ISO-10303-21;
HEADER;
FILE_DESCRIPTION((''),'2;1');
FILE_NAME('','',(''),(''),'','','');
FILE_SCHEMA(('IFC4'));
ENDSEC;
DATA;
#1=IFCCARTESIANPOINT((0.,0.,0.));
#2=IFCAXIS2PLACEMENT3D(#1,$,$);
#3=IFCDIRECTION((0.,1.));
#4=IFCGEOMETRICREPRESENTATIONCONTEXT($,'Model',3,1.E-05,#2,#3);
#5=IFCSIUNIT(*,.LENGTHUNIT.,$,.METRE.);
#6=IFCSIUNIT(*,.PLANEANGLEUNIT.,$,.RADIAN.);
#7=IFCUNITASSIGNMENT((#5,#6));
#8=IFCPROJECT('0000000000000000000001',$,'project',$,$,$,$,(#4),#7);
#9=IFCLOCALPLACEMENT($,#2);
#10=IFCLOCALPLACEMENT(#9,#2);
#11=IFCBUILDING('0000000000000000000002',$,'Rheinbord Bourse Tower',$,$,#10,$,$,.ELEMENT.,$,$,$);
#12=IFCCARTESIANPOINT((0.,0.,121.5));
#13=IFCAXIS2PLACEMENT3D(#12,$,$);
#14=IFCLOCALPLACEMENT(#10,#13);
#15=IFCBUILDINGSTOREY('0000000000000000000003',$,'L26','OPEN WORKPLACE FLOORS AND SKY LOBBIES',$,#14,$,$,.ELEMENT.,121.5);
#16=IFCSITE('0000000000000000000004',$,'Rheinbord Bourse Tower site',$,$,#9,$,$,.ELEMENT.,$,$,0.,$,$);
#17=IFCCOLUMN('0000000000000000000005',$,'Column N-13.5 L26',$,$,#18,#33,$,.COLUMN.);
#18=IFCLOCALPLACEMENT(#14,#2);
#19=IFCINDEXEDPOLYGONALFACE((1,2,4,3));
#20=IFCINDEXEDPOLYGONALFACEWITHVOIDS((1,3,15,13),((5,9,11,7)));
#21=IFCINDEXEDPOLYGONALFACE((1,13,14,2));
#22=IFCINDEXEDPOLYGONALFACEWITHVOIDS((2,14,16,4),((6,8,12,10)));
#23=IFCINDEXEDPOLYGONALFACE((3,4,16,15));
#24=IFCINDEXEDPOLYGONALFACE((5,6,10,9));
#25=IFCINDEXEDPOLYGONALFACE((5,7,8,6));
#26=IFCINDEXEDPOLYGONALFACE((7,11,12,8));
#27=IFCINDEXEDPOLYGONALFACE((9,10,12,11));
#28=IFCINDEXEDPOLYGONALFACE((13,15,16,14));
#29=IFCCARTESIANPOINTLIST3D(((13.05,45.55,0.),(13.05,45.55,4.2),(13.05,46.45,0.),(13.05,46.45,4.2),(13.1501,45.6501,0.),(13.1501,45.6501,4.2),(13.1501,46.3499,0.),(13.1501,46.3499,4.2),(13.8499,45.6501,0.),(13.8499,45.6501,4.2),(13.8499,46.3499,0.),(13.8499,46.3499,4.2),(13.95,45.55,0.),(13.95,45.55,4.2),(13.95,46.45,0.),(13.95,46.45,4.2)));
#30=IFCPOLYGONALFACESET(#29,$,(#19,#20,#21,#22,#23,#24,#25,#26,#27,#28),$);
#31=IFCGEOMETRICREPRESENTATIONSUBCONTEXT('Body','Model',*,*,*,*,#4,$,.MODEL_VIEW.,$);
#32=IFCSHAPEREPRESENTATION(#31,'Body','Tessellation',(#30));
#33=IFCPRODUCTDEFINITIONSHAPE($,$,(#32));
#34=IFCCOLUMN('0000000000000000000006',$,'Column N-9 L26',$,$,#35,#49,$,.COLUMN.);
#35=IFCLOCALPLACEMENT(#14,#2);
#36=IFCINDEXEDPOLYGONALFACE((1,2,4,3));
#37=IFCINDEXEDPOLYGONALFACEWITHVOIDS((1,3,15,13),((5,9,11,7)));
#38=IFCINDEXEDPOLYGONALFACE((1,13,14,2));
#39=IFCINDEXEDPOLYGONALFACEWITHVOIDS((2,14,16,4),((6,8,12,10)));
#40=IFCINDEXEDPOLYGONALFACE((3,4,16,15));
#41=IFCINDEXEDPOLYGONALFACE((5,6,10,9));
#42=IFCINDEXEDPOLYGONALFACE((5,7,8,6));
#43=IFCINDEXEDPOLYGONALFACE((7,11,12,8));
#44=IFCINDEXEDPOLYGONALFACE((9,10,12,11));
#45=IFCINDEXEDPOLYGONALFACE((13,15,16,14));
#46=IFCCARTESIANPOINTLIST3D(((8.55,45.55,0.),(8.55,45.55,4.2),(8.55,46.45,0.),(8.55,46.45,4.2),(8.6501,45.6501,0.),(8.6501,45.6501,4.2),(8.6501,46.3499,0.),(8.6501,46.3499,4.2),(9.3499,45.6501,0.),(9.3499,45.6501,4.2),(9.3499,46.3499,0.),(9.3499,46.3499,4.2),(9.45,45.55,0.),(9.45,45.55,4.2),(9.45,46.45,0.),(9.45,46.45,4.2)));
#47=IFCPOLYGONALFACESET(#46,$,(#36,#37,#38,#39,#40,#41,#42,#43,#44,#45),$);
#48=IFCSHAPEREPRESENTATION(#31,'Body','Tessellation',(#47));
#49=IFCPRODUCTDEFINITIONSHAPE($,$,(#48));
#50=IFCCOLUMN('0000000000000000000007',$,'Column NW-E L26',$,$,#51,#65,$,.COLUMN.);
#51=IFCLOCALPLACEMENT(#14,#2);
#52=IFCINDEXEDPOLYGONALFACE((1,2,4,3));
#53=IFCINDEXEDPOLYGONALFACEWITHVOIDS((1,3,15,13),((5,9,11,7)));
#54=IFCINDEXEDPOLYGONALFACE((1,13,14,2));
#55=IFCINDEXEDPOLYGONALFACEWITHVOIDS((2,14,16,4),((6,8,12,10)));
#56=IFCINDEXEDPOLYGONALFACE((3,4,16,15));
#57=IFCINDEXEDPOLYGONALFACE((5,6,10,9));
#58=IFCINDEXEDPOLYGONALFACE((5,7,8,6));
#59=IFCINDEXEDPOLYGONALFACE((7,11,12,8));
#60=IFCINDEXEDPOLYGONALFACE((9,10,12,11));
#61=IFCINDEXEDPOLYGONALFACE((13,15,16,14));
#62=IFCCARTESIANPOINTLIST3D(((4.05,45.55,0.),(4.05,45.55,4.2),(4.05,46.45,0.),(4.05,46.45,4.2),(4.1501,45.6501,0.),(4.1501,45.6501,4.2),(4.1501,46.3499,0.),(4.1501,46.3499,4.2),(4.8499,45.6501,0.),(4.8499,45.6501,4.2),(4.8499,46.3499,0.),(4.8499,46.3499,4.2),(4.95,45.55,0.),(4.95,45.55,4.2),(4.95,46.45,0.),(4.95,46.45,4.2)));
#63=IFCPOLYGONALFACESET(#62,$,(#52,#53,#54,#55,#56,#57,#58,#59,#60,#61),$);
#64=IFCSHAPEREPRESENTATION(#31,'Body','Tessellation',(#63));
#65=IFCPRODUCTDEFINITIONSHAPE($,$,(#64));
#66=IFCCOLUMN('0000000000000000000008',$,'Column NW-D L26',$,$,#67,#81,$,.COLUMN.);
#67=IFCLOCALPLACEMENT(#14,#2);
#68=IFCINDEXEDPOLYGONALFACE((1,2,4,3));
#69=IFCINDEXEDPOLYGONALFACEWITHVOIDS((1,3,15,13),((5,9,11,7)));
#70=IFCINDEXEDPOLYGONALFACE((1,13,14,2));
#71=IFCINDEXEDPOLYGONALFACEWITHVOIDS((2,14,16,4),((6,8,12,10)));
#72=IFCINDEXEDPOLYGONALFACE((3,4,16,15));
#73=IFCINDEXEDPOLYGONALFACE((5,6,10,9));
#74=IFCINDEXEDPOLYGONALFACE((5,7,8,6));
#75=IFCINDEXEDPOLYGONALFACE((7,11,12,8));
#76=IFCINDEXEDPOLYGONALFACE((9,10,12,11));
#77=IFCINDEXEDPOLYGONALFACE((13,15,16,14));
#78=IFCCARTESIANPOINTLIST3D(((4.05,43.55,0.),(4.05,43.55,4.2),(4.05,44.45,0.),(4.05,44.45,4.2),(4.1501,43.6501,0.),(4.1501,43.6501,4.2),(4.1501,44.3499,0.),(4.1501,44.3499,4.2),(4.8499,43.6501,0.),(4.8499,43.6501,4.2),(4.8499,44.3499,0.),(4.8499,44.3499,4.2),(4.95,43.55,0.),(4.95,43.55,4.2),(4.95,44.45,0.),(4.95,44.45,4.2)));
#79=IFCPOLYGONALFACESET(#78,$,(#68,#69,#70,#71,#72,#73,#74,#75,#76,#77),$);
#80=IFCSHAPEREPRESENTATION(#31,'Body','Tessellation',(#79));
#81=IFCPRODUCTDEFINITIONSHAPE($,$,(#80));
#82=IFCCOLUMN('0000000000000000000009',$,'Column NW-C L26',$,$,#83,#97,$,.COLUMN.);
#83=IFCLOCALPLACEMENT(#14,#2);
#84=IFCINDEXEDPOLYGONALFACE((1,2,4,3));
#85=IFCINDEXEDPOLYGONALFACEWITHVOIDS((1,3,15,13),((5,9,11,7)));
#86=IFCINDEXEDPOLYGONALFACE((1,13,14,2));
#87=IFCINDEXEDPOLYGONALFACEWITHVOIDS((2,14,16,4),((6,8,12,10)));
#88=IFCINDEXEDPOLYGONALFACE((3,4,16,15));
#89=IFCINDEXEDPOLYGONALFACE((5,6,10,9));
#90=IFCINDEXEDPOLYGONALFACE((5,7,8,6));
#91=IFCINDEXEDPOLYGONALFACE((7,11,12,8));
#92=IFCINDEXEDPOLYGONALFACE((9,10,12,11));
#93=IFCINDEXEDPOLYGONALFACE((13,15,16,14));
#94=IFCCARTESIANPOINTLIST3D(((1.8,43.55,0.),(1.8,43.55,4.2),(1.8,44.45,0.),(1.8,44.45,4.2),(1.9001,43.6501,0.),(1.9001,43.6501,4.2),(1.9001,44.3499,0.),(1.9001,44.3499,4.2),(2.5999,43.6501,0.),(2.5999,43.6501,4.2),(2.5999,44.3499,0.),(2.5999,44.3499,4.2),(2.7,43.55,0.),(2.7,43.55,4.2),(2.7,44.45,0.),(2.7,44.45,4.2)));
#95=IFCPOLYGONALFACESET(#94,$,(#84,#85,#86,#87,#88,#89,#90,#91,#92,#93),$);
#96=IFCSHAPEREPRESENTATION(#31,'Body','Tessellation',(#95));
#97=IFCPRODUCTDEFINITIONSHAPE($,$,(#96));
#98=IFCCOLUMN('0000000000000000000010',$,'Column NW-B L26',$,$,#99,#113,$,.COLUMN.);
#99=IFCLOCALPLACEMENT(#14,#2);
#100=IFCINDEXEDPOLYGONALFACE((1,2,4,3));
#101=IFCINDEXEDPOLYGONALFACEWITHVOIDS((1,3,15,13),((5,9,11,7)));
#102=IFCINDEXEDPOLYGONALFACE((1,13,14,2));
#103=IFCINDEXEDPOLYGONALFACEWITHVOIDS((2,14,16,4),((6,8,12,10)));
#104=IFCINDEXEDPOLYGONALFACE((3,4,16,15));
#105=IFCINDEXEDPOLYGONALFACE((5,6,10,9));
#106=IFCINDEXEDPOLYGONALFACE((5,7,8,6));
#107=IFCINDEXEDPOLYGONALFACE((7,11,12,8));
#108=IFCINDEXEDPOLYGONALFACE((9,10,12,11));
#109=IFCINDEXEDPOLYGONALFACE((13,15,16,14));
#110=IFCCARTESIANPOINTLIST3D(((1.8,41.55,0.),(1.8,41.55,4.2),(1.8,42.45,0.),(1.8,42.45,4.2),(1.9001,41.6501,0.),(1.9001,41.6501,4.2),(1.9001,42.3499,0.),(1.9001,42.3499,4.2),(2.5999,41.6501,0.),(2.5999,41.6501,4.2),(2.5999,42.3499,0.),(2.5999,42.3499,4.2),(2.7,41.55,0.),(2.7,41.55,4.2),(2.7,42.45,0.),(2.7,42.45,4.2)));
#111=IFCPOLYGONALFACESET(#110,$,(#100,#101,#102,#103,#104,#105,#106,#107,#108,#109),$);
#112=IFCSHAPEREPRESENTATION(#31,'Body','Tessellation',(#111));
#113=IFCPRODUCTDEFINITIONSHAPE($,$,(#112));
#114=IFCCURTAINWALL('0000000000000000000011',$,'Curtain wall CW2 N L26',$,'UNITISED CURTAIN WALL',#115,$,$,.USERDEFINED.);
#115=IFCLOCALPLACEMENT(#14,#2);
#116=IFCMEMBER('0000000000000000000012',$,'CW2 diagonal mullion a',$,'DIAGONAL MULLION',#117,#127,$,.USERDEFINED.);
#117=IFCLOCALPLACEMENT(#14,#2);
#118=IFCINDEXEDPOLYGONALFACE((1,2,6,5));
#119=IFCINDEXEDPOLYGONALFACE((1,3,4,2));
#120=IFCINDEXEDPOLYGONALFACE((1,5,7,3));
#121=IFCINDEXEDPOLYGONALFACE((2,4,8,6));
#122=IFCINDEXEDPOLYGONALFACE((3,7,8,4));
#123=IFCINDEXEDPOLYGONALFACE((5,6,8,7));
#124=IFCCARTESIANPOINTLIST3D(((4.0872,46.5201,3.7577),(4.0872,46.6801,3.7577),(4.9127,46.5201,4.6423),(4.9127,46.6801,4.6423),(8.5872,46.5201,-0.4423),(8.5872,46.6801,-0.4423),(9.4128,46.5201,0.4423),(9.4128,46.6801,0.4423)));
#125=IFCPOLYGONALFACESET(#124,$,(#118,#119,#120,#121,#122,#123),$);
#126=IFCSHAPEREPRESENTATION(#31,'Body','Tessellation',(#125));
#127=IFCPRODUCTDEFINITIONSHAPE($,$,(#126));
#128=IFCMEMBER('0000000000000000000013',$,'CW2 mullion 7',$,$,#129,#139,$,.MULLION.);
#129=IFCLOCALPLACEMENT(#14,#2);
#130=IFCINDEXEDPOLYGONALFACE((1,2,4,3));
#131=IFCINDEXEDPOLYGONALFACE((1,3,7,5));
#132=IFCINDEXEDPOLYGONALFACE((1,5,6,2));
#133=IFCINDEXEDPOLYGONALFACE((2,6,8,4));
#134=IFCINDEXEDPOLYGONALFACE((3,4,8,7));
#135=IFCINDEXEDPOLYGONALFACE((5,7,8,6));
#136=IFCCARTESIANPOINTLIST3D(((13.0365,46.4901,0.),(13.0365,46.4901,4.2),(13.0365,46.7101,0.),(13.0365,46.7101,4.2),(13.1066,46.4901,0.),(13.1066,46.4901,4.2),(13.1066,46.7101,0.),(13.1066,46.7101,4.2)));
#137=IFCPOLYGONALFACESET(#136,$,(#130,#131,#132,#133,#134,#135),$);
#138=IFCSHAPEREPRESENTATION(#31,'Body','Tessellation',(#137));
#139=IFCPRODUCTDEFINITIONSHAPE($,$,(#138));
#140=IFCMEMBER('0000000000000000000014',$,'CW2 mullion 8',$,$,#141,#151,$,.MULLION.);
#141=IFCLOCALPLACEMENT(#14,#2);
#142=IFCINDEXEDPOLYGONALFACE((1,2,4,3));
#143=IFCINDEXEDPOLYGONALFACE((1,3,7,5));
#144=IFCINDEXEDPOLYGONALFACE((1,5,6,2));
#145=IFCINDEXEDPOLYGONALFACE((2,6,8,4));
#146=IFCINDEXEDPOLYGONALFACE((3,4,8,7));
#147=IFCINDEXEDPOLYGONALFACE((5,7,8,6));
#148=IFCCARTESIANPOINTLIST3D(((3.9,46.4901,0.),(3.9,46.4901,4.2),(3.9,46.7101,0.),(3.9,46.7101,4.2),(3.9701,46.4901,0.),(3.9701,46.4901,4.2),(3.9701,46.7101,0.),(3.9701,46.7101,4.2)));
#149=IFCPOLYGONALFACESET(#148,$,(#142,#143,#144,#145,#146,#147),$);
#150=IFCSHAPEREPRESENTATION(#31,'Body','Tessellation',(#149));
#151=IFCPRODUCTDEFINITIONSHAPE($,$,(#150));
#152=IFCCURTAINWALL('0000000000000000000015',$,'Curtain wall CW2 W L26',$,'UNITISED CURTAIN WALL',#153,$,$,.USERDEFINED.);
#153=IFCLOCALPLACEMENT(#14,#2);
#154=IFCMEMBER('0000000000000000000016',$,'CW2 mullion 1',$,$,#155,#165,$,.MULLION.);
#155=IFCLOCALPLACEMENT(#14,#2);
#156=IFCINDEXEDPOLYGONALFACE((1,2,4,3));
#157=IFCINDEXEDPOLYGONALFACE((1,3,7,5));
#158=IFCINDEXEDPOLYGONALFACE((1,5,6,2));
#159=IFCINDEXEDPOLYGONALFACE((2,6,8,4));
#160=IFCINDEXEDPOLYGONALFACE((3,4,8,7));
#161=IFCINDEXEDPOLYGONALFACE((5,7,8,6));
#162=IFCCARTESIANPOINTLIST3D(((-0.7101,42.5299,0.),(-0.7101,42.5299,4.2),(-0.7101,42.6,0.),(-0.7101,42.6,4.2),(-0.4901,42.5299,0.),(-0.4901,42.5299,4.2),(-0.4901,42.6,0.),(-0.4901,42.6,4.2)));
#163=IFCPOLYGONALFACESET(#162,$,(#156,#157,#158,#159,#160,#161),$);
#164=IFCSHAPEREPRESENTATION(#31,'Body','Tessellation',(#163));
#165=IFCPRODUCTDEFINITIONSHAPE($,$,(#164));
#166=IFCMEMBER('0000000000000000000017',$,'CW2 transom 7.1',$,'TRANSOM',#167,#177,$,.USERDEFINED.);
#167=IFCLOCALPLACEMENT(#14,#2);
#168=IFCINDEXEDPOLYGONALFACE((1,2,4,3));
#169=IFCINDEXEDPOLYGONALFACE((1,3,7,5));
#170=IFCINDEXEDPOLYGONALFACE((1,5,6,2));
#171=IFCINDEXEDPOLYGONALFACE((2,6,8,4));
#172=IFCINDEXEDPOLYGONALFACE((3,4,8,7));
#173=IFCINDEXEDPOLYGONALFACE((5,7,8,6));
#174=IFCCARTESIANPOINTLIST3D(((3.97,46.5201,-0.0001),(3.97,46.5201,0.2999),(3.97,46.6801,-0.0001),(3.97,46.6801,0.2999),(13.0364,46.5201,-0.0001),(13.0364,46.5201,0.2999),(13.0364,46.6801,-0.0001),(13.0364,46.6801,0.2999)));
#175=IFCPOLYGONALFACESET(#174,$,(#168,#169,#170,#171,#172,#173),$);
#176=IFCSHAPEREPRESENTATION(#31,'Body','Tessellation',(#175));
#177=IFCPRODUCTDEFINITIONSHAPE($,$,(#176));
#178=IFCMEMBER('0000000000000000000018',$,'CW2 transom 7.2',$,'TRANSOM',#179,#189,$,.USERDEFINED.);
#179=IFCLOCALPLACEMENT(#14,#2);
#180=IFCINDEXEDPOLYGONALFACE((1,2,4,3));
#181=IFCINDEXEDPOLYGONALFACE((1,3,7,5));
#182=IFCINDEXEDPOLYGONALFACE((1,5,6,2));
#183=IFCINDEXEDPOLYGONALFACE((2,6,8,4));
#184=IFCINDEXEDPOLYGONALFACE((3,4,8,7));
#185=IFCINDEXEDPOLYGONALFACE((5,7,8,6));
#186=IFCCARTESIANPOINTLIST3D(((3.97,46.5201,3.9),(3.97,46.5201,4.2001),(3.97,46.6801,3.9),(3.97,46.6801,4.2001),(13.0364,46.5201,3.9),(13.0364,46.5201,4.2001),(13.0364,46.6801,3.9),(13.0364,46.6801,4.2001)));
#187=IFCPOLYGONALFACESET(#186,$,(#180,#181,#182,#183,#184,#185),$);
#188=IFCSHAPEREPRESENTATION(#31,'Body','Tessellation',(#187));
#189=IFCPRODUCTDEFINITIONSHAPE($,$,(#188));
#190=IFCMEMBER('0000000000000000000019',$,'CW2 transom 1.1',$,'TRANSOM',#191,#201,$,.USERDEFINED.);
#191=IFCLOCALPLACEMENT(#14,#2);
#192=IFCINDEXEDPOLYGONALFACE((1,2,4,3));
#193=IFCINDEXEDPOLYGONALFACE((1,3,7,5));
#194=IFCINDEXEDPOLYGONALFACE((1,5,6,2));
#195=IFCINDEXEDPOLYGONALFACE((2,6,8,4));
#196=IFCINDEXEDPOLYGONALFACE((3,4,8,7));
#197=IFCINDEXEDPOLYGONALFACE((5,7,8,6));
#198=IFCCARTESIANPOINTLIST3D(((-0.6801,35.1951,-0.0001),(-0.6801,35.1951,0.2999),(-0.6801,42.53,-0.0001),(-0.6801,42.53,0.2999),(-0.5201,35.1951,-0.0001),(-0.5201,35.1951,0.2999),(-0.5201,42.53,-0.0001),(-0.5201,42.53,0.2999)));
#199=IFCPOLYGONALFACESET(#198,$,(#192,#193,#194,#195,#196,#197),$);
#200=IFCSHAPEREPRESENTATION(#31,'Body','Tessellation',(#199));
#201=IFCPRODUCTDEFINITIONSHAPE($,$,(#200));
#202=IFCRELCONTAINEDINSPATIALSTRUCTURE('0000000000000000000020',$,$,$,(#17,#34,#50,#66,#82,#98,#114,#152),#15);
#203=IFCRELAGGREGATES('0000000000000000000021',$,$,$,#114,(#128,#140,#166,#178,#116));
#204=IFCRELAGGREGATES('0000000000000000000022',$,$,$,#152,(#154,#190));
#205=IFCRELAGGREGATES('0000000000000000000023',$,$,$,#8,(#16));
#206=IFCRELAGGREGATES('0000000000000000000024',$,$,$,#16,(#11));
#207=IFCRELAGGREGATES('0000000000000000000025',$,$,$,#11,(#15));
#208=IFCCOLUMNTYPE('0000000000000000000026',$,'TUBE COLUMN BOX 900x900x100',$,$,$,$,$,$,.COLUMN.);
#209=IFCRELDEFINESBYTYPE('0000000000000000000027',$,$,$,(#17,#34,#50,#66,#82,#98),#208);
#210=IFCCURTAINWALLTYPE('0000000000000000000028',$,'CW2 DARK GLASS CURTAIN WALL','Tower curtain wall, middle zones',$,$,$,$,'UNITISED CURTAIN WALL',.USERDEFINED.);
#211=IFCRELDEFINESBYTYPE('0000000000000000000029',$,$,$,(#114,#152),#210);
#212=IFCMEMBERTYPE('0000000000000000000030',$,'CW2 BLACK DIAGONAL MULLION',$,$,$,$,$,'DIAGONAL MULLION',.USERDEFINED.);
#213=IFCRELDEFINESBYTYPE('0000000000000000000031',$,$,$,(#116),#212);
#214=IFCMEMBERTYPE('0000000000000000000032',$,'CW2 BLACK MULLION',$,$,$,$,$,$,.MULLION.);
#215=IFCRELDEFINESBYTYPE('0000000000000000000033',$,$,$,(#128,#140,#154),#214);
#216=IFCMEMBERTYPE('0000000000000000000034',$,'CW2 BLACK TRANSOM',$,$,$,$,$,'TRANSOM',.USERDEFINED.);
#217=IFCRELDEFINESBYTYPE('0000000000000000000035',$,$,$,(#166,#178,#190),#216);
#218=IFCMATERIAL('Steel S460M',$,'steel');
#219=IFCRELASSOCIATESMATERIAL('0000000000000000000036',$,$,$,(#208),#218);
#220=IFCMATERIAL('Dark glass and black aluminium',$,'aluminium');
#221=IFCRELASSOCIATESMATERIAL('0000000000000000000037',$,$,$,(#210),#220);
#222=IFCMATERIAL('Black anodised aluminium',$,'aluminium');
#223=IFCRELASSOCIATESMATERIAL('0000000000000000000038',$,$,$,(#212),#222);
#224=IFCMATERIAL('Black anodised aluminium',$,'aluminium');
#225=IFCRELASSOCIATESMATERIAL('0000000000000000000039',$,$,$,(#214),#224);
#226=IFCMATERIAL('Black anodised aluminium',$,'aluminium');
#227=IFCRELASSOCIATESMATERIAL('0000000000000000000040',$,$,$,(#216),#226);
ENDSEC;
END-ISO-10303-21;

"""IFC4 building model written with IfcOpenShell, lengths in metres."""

from ifc_helpers import new_model, si_unit, direction, frame, origin, origin_2d, place, context, subcontext, project, spatial, rectangle, hollow_rectangle, extrude, material, material_profile, profile_set, type_object, element, aggregate, save


model = new_model("IFC4")

# Units and contexts
model_context = context("Model", 3, precision=1e-05, world=origin(), true_north=direction((0.0, 1.0)))
body_context = subcontext(model_context, "Body", "Model", "MODEL_VIEW")
ifc_project = project(units=[si_unit("LENGTHUNIT", "METRE"), si_unit("PLANEANGLEUNIT", "RADIAN")], contexts=[model_context])

# Site, building, storey
site_placement = place(None, origin())
site = spatial("IfcSite", under=ifc_project, at=site_placement, Name="Rheinbord Bourse Tower site", CompositionType="ELEMENT", RefElevation=0.0)
building_placement = place(site_placement, origin())
building = spatial("IfcBuilding", under=site, at=building_placement, Name="Rheinbord Bourse Tower", CompositionType="ELEMENT")
storey_placement = place(building_placement, frame((0.0, 0.0, 121.5)))
storey = spatial("IfcBuildingStorey", under=building, at=storey_placement, Name="L26", Description="OPEN WORKPLACE FLOORS AND SKY LOBBIES", CompositionType="ELEMENT", Elevation=121.5)

# Columns
ifc_material_1 = material(Name="Steel S460M", Category="steel")
ifc_material_profile_1 = material_profile(ifc_material_1, hollow_rectangle(XDim=0.8999, YDim=0.8999, WallThickness=0.1001, at=origin_2d()), Name="BOX 900x900x100")
ifc_profile_set_1 = profile_set([ifc_material_profile_1], Name="Steel S460M")
column_type = type_object("IfcColumnType", Name="TUBE COLUMN BOX 900x900x100", PredefinedType="COLUMN", material=ifc_profile_set_1)
for number, where, z_axis, x_axis, name in (
    (1, (13.5, 46.0, 0.0), (0.0, 0.0, 1.0), (0.0, 1.0, 0.0), "Column N-13.5 L26"),
    (2, (9.0, 46.0, 0.0), (0.0, 0.0, 1.0), (0.0, 1.0, 0.0), "Column N-9 L26"),
    (3, (4.5, 46.0, 0.0), (0.0, 0.0, 1.0), (0.0, 1.0, 0.0), "Column NW-E L26"),
    (4, (4.5, 44.0, 0.0), (0.0, 0.0, 1.0), (0.0, 1.0, 0.0), "Column NW-D L26"),
    (5, (2.25, 44.0, 0.0), (0.0, 0.0, 1.0), (1.0, 0.0, 0.0), "Column NW-C L26"),
    (6, (2.25, 42.0, 0.0), (0.0, 0.0, 1.0), (1.0, 0.0, 0.0), "Column NW-B L26"),
):
    element("IfcColumn", number, at=place(storey_placement, frame(where, z_axis=z_axis, x_axis=x_axis)), inside=storey, type_object=column_type, Name=name, PredefinedType="COLUMN", context=body_context, shape_type="SweptSolid", body=[
        extrude(hollow_rectangle(XDim=0.8999, YDim=0.8999, WallThickness=0.1001, at=origin_2d()), origin(), (0.0, 0.0, 1.0), 4.2),
    ])

# Curtain wall, members
ifc_material_2 = material(Name="Dark glass and black aluminium", Category="aluminium")
curtain_wall_type = type_object("IfcCurtainWallType", Name="CW2 DARK GLASS CURTAIN WALL", Description="Tower curtain wall, middle zones", ElementType="UNITISED CURTAIN WALL", PredefinedType="USERDEFINED", material=ifc_material_2)
curtain_wall_1_placement = place(storey_placement, origin())
curtain_wall_1 = element("IfcCurtainWall", 7, at=curtain_wall_1_placement, inside=storey, type_object=curtain_wall_type, Name="Curtain wall CW2 N L26", ObjectType="UNITISED CURTAIN WALL", PredefinedType="USERDEFINED")
ifc_material_3 = material(Name="Black anodised aluminium", Category="aluminium")
ifc_material_profile_2 = material_profile(ifc_material_3, rectangle(XDim=0.1599, YDim=1.21, at=origin_2d()), Name="CW2 DIAGONAL MULLION 1210x160")
ifc_profile_set_2 = profile_set([ifc_material_profile_2], Name="Black anodised aluminium")
member_type_1 = type_object("IfcMemberType", Name="CW2 BLACK DIAGONAL MULLION", ElementType="DIAGONAL MULLION", PredefinedType="USERDEFINED", material=ifc_profile_set_2)
member_1_placement = place(storey_placement, frame((9.0, 46.6001, 0.0), z_axis=(-0.731059, 0.0, 0.682314), x_axis=(0.0, -1.0, 0.0)))
member_1 = element("IfcMember", 8, at=member_1_placement, type_object=member_type_1, Name="CW2 diagonal mullion a", ObjectType="DIAGONAL MULLION", PredefinedType="USERDEFINED", context=body_context, shape_type="SweptSolid", body=[
    extrude(rectangle(XDim=0.1599, YDim=1.21, at=origin_2d()), origin(), (0.0, 0.0, 1.0), 6.1555),
])
ifc_material_4 = material(Name="Black anodised aluminium", Category="aluminium")
ifc_material_profile_3 = material_profile(ifc_material_4, rectangle(XDim=0.22, YDim=0.0701, at=origin_2d()), Name="CW2 MULLION 70x220")
ifc_profile_set_3 = profile_set([ifc_material_profile_3], Name="Black anodised aluminium")
member_type_2 = type_object("IfcMemberType", Name="CW2 BLACK MULLION", PredefinedType="MULLION", material=ifc_profile_set_3)
member_2_placement = place(storey_placement, frame((13.0715, 46.6001, 0.0), z_axis=(0.0, 0.0, 1.0), x_axis=(0.0, -1.0, 0.0)))
member_2 = element("IfcMember", 9, at=member_2_placement, type_object=member_type_2, Name="CW2 mullion 7", PredefinedType="MULLION", context=body_context, shape_type="SweptSolid", body=[
    extrude(rectangle(XDim=0.22, YDim=0.0701, at=origin_2d()), origin(), (0.0, 0.0, 1.0), 4.2),
])
member_3_placement = place(storey_placement, frame((3.9351, 46.6001, 0.0), z_axis=(0.0, 0.0, 1.0), x_axis=(0.0, -1.0, 0.0)))
member_3 = element("IfcMember", 10, at=member_3_placement, type_object=member_type_2, Name="CW2 mullion 8", PredefinedType="MULLION", context=body_context, shape_type="SweptSolid", body=[
    extrude(rectangle(XDim=0.22, YDim=0.0701, at=origin_2d()), origin(), (0.0, 0.0, 1.0), 4.2),
])

# Curtain wall, member
curtain_wall_2_placement = place(storey_placement, origin())
curtain_wall_2 = element("IfcCurtainWall", 11, at=curtain_wall_2_placement, inside=storey, type_object=curtain_wall_type, Name="Curtain wall CW2 W L26", ObjectType="UNITISED CURTAIN WALL", PredefinedType="USERDEFINED")
member_4_placement = place(storey_placement, frame((-0.6001, 42.5649, 0.0), z_axis=(0.0, 0.0, 1.0), x_axis=(1.0, 0.0, 0.0)))
member_4 = element("IfcMember", 12, at=member_4_placement, type_object=member_type_2, Name="CW2 mullion 1", PredefinedType="MULLION", context=body_context, shape_type="SweptSolid", body=[
    extrude(rectangle(XDim=0.22, YDim=0.0701, at=origin_2d()), origin(), (0.0, 0.0, 1.0), 4.2),
])

# Members
ifc_material_5 = material(Name="Black anodised aluminium", Category="aluminium")
ifc_material_profile_4 = material_profile(ifc_material_5, rectangle(XDim=0.1599, YDim=0.3, at=origin_2d()), Name="CW2 TRANSOM 300x160")
ifc_profile_set_4 = profile_set([ifc_material_profile_4], Name="Black anodised aluminium")
member_type_3 = type_object("IfcMemberType", Name="CW2 BLACK TRANSOM", ElementType="TRANSOM", PredefinedType="USERDEFINED", material=ifc_profile_set_4)
member_5_placement = place(storey_placement, frame((13.0364, 46.6001, 0.1499), z_axis=(-1.0, 0.0, 0.0), x_axis=(0.0, -1.0, 0.0)))
member_5 = element("IfcMember", 13, at=member_5_placement, type_object=member_type_3, Name="CW2 transom 7.1", ObjectType="TRANSOM", PredefinedType="USERDEFINED", context=body_context, shape_type="SweptSolid", body=[
    extrude(rectangle(XDim=0.1599, YDim=0.3, at=origin_2d()), origin(), (0.0, 0.0, 1.0), 9.0664),
])
member_6_placement = place(storey_placement, frame((13.0364, 46.6001, 4.05), z_axis=(-1.0, 0.0, 0.0), x_axis=(0.0, -1.0, 0.0)))
member_6 = element("IfcMember", 14, at=member_6_placement, type_object=member_type_3, Name="CW2 transom 7.2", ObjectType="TRANSOM", PredefinedType="USERDEFINED", context=body_context, shape_type="SweptSolid", body=[
    extrude(rectangle(XDim=0.1599, YDim=0.3, at=origin_2d()), origin(), (0.0, 0.0, 1.0), 9.0664),
])
member_7_placement = place(storey_placement, frame((-0.6001, 42.53, 0.1499), z_axis=(0.0, -1.0, 0.0), x_axis=(1.0, 0.0, 0.0)))
member_7 = element("IfcMember", 15, at=member_7_placement, type_object=member_type_3, Name="CW2 transom 1.1", ObjectType="TRANSOM", PredefinedType="USERDEFINED", context=body_context, shape_type="SweptSolid", body=[
    extrude(rectangle(XDim=0.1599, YDim=0.3, at=origin_2d()), origin(), (0.0, 0.0, 1.0), 7.335),
])

aggregate(curtain_wall_1, [member_2, member_3, member_5, member_6, member_1])
aggregate(curtain_wall_2, [member_4, member_7])

save(model, "model.ifc")
